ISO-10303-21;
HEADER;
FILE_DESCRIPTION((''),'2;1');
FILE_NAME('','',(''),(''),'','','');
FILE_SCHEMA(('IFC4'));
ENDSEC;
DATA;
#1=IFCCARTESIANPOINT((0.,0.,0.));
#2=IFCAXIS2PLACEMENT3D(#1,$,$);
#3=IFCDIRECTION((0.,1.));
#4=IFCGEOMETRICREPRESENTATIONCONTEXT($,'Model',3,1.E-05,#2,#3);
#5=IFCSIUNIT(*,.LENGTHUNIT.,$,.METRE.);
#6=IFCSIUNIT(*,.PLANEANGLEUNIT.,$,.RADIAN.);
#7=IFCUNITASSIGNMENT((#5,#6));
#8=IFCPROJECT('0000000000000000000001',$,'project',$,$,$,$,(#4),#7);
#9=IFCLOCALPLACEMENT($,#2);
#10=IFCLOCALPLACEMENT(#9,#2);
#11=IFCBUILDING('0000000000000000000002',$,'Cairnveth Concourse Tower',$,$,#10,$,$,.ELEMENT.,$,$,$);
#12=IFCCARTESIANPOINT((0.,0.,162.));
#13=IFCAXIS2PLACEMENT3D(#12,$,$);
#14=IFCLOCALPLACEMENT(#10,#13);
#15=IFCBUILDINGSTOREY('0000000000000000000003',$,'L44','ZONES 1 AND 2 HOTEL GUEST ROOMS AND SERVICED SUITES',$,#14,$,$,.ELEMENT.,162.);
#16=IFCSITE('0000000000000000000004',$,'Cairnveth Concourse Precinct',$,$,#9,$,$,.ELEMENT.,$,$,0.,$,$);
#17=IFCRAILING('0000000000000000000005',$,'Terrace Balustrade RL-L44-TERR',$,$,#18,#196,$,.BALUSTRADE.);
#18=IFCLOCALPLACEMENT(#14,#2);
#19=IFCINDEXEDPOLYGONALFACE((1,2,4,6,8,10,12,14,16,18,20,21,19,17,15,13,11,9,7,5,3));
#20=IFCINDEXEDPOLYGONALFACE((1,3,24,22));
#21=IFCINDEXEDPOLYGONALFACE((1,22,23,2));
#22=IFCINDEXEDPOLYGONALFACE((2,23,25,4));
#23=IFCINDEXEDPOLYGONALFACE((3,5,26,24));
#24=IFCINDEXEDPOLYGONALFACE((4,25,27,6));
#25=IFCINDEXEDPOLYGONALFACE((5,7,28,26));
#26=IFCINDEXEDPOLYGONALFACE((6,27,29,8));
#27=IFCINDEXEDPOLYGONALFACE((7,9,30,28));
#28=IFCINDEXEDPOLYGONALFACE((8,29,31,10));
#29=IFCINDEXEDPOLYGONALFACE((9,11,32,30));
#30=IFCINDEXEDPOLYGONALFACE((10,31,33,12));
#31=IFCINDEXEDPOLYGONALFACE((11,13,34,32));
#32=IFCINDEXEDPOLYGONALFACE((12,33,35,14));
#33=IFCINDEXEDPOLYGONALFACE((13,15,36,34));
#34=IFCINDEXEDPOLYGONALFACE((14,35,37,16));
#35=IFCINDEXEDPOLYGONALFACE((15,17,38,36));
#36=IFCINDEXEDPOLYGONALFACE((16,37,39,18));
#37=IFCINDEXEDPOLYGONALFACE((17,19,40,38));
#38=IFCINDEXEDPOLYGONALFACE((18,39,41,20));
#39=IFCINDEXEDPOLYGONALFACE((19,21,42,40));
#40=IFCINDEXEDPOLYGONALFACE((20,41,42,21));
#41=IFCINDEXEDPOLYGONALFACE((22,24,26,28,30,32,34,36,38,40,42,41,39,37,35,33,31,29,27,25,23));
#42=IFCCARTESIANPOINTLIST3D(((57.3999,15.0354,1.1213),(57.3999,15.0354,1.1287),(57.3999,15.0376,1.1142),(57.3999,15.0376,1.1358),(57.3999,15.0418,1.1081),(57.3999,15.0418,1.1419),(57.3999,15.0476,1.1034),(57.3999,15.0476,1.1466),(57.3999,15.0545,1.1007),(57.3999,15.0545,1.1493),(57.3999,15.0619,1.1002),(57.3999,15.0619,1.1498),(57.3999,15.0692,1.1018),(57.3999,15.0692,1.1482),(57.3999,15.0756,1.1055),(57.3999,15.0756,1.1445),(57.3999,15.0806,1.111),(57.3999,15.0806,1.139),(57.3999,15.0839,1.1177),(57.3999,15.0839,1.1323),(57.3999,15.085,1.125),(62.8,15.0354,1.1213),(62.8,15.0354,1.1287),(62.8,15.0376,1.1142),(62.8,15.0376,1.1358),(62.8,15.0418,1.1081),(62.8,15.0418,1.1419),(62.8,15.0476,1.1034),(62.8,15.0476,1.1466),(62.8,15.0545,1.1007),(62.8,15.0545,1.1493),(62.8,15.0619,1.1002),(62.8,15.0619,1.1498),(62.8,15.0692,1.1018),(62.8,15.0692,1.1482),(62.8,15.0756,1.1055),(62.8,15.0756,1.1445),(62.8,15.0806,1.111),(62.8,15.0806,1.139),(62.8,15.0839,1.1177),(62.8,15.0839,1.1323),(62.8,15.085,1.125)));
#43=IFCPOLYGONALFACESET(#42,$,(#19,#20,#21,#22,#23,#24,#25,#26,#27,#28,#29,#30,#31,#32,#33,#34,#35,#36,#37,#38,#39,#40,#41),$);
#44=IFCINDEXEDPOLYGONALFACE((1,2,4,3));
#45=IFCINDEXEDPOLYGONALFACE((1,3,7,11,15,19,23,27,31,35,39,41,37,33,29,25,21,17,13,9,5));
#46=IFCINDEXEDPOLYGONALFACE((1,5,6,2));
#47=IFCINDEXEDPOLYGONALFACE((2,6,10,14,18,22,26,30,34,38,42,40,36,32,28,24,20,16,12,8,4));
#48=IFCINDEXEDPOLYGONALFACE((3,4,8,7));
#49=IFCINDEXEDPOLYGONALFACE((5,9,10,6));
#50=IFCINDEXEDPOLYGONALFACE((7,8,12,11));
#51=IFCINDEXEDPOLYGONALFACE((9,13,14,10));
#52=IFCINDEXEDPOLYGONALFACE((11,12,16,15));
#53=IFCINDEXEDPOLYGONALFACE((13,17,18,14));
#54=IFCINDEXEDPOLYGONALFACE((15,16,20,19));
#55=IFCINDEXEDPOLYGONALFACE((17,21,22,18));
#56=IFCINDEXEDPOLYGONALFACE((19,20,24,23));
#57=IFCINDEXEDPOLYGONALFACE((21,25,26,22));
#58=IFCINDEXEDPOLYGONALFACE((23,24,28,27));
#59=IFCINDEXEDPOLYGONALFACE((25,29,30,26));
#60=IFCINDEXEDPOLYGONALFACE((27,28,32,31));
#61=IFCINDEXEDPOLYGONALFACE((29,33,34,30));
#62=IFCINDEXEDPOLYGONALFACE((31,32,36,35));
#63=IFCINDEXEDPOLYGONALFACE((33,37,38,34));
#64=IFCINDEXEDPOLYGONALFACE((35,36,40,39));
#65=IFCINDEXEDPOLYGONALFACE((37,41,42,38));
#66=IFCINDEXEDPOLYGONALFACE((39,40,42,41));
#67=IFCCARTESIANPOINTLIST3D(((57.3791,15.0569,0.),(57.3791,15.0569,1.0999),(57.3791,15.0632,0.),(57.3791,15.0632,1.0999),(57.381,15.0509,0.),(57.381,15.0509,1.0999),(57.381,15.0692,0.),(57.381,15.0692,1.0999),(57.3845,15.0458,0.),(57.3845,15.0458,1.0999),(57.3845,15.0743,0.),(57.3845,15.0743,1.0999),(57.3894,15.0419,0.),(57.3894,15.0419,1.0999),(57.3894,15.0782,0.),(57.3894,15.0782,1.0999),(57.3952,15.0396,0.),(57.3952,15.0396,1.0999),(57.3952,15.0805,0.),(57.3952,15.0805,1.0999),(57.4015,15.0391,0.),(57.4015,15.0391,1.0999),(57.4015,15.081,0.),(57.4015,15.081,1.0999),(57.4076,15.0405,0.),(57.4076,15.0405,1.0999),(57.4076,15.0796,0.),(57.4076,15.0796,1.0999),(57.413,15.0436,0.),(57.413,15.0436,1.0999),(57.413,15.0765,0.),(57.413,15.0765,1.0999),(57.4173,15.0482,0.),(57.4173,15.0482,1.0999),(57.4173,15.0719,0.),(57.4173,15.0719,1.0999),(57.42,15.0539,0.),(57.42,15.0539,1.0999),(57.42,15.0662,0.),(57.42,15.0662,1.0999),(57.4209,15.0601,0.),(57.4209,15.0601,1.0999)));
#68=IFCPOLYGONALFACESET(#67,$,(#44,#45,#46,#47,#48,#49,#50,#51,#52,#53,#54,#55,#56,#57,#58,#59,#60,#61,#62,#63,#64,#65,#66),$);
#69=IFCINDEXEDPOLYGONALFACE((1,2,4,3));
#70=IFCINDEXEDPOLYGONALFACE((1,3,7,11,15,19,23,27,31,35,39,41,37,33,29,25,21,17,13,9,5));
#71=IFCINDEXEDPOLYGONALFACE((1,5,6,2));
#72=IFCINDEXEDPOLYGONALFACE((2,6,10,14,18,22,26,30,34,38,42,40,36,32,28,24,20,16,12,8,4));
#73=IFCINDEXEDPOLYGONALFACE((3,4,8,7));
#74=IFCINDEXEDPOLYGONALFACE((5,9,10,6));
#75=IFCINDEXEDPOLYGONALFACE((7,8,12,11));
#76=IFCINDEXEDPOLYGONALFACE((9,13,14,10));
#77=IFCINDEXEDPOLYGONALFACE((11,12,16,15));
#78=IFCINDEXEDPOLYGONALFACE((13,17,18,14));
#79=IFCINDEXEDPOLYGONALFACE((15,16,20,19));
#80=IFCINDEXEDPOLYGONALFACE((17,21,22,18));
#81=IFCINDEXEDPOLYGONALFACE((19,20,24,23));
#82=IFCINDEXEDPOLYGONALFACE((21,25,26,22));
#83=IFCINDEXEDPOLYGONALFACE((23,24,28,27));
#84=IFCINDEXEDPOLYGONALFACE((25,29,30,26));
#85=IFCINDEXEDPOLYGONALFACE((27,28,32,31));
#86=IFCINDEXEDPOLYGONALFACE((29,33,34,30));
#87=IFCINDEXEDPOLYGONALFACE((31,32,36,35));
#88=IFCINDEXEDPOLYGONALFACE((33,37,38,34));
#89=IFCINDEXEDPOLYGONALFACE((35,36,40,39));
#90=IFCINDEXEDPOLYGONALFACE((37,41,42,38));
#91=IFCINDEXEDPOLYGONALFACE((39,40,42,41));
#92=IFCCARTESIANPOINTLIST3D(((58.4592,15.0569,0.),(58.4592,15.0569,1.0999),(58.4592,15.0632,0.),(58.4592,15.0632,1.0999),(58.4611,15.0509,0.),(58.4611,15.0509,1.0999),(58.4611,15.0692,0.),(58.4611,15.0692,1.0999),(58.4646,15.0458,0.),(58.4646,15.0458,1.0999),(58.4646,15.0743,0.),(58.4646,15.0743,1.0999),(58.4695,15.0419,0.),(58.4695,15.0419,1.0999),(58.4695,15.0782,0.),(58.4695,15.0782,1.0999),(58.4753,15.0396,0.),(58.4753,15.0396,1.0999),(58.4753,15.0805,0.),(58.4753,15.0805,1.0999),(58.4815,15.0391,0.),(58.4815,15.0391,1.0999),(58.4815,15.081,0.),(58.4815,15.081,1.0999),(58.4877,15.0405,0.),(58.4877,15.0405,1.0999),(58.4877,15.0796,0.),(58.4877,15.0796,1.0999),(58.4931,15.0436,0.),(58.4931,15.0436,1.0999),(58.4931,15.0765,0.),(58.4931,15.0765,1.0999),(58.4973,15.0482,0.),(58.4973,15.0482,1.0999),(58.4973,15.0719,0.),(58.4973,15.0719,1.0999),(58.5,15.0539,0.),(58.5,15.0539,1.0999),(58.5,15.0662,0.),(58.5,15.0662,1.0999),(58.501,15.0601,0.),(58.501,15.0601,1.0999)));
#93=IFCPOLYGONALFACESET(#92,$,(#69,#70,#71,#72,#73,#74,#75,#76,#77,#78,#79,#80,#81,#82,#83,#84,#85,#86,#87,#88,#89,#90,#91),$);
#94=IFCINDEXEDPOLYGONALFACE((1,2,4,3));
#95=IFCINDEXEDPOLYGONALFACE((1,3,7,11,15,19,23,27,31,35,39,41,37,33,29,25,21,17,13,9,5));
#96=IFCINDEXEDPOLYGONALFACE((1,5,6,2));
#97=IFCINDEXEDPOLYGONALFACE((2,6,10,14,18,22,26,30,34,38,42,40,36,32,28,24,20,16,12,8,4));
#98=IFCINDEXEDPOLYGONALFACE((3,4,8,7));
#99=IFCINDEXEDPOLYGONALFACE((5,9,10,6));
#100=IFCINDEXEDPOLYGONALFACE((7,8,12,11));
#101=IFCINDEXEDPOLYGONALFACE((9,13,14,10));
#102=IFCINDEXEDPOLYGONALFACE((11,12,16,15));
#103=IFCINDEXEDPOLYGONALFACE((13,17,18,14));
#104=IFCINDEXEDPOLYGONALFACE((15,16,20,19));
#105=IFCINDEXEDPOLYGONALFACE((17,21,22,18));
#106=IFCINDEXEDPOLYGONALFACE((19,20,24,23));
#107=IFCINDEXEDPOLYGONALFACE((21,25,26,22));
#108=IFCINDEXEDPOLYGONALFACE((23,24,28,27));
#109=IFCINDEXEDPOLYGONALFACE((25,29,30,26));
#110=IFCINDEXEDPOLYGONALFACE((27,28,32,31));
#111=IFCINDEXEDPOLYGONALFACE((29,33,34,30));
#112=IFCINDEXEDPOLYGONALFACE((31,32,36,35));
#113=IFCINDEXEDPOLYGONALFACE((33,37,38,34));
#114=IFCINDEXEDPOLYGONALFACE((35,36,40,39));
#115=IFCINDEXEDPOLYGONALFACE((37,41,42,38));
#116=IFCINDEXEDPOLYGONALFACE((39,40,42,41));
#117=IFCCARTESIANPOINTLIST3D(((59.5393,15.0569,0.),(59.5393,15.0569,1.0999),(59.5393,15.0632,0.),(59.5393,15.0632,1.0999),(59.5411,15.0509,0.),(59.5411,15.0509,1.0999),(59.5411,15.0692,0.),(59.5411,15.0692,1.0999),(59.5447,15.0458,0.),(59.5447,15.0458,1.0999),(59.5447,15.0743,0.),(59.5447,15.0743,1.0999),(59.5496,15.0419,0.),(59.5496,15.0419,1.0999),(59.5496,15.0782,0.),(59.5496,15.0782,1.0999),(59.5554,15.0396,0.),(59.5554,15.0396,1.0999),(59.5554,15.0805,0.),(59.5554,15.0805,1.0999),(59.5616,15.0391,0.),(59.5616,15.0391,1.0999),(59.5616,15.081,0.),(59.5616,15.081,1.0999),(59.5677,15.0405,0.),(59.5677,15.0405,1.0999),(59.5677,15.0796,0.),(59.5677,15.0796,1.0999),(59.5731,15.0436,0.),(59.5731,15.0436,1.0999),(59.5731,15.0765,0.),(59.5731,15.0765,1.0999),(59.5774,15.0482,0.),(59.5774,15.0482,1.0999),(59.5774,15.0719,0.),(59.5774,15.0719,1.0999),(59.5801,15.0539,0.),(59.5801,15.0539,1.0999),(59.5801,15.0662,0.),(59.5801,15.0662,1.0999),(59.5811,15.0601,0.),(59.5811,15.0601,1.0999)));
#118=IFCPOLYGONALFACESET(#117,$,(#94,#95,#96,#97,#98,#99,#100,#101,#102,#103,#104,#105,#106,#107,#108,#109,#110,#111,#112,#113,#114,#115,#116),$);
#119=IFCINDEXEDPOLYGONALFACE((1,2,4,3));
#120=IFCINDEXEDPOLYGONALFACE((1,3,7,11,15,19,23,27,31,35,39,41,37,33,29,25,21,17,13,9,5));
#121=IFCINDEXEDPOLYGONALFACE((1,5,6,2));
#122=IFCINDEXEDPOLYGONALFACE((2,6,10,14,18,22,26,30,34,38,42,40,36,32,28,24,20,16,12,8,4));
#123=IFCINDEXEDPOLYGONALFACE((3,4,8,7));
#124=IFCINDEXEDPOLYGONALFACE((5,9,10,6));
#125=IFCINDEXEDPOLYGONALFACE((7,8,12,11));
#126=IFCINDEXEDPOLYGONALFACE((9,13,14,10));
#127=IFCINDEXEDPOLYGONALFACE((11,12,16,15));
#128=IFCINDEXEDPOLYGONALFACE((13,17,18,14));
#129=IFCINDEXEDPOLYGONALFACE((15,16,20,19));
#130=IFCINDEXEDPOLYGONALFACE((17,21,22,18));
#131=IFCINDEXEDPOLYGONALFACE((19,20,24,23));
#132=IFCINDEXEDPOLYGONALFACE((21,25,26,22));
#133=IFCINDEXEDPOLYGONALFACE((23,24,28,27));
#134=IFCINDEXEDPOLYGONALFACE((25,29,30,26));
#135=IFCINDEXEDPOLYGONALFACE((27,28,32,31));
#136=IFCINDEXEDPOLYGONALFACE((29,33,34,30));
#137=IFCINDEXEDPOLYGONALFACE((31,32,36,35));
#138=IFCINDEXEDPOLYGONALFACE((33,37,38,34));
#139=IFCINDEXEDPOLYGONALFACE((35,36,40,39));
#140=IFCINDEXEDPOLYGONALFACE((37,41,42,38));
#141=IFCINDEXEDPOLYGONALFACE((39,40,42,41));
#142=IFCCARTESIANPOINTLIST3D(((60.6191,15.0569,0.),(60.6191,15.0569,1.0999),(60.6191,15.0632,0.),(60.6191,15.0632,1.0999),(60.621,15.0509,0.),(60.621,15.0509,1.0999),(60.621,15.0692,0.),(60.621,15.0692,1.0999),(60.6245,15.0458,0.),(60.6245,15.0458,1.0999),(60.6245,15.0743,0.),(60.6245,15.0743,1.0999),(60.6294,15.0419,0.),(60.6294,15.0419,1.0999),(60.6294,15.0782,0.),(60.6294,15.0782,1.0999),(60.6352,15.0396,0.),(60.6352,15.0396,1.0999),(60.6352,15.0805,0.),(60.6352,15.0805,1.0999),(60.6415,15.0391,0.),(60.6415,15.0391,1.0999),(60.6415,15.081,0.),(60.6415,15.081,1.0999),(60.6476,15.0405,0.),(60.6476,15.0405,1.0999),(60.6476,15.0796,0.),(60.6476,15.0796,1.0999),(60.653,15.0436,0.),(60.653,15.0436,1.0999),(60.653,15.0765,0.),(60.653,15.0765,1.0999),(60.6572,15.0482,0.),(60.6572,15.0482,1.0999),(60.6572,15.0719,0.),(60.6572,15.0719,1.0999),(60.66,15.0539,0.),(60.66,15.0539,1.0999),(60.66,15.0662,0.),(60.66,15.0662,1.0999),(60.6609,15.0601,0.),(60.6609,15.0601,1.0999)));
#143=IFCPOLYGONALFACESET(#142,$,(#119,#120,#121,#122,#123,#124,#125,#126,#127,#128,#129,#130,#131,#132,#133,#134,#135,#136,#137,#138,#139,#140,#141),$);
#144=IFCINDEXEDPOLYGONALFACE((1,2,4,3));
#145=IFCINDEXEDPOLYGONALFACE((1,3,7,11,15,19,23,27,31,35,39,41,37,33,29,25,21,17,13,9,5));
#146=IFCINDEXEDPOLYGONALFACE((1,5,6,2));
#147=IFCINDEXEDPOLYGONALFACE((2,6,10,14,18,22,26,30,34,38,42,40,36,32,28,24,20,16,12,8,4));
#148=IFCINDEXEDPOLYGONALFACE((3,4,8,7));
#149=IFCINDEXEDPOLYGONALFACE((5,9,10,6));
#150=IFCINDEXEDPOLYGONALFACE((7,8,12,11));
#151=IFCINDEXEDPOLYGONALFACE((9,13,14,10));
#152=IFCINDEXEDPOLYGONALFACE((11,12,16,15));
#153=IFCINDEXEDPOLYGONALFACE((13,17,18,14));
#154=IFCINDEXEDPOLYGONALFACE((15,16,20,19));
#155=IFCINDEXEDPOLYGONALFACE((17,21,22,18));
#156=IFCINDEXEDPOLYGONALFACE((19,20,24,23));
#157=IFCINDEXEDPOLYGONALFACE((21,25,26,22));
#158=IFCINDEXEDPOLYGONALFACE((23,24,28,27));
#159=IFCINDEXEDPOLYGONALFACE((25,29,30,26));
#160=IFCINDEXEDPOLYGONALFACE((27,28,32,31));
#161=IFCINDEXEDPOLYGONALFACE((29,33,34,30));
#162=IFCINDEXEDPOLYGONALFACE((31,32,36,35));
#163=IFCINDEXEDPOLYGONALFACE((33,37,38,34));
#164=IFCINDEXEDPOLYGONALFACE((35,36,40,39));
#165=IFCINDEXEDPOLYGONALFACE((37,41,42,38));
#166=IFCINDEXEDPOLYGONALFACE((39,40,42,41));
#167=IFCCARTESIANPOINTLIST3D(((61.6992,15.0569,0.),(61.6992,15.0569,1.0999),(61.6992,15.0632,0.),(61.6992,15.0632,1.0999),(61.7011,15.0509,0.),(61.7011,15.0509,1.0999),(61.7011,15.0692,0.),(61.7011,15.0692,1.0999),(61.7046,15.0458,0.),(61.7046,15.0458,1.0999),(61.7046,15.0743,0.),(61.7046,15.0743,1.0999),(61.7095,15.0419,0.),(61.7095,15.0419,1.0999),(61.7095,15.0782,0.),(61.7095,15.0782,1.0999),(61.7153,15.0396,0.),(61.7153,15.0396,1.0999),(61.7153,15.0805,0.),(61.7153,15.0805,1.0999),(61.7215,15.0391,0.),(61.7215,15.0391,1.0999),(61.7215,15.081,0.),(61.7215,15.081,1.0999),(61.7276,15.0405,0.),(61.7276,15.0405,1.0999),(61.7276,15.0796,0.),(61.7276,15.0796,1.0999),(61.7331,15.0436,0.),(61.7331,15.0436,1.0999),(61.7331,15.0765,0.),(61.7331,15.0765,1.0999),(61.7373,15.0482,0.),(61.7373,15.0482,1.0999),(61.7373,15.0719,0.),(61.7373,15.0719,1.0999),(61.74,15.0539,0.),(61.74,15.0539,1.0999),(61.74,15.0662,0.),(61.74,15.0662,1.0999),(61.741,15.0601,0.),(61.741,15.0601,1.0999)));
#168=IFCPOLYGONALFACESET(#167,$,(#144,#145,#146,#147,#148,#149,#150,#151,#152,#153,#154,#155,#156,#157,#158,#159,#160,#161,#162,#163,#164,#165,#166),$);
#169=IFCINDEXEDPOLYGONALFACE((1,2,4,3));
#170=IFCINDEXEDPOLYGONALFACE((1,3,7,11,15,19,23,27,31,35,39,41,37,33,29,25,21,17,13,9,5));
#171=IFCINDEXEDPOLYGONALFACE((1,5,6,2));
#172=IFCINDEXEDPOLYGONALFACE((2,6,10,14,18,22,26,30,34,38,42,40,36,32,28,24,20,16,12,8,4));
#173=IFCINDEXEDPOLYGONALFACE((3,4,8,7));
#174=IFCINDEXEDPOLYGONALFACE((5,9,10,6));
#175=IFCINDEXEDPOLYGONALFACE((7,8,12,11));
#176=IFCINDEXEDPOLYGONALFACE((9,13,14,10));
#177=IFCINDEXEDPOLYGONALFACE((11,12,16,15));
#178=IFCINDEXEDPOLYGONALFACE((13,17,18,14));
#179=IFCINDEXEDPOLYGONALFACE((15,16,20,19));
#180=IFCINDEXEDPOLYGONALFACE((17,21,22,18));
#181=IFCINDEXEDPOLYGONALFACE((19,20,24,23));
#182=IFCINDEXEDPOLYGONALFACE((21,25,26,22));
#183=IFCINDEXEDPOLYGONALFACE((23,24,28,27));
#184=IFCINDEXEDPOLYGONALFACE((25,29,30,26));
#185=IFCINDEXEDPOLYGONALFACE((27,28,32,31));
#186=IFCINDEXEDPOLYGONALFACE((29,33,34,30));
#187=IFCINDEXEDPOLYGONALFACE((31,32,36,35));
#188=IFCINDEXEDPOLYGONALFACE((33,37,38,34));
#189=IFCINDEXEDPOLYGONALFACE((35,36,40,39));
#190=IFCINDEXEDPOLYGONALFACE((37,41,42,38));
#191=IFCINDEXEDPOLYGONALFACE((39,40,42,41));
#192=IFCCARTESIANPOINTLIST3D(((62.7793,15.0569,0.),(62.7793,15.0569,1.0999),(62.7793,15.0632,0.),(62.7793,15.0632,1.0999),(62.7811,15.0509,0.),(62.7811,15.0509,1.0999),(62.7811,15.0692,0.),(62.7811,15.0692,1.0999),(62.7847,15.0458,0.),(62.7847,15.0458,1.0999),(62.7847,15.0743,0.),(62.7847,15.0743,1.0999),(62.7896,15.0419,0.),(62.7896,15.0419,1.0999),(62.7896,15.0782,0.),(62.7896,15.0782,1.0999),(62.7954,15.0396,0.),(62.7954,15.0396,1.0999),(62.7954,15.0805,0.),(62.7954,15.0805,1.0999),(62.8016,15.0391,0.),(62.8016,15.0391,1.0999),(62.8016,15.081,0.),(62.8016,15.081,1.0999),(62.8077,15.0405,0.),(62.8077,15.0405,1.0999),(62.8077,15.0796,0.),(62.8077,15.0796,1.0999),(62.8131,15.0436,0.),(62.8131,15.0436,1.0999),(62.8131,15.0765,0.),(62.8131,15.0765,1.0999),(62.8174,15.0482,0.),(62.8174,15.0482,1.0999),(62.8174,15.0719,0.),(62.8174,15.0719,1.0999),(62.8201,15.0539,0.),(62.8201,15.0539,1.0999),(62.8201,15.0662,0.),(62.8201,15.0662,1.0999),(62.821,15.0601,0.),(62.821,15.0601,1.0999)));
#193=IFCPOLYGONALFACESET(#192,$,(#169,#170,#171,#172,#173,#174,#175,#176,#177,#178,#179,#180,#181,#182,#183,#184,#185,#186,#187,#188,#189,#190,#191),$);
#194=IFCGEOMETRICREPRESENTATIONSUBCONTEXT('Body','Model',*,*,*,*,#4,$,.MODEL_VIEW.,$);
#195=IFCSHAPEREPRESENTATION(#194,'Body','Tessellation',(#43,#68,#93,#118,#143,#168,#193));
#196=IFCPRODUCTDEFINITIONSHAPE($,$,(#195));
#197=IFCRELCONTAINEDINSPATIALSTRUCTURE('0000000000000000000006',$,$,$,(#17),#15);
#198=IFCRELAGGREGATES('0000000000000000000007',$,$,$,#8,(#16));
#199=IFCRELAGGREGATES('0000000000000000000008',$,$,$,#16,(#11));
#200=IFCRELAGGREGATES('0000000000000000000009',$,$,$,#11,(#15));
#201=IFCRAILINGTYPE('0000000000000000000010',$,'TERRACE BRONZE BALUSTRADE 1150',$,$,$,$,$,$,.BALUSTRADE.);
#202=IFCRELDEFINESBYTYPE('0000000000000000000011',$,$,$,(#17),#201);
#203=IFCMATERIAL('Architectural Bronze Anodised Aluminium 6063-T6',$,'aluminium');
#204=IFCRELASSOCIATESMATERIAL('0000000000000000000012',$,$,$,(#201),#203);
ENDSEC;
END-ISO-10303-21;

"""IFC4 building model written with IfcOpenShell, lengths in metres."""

from ifc_helpers import new_model, si_unit, direction, frame, origin, origin_2d, place, context, subcontext, project, spatial, circle, extrude, material, type_object, element, save


model = new_model("IFC4")

# Units and contexts
model_context = context("Model", 3, precision=1e-05, world=origin(), true_north=direction((0.0, 1.0)))
body_context = subcontext(model_context, "Body", "Model", "MODEL_VIEW")
ifc_project = project(units=[si_unit("LENGTHUNIT", "METRE"), si_unit("PLANEANGLEUNIT", "RADIAN")], contexts=[model_context])

# Site, building, storey
site_placement = place(None, origin())
site = spatial("IfcSite", under=ifc_project, at=site_placement, Name="Cairnveth Concourse Precinct", CompositionType="ELEMENT", RefElevation=0.0)
building_placement = place(site_placement, origin())
building = spatial("IfcBuilding", under=site, at=building_placement, Name="Cairnveth Concourse Tower", CompositionType="ELEMENT")
storey_placement = place(building_placement, frame((0.0, 0.0, 162.0)))
storey = spatial("IfcBuildingStorey", under=building, at=storey_placement, Name="L44", Description="ZONES 1 AND 2 HOTEL GUEST ROOMS AND SERVICED SUITES", CompositionType="ELEMENT", Elevation=162.0)

# Shared definitions
ifc_material_1 = material(Name="Architectural Bronze Anodised Aluminium 6063-T6", Category="aluminium")

# Railing
railing_type = type_object("IfcRailingType", Name="TERRACE BRONZE BALUSTRADE 1150", PredefinedType="BALUSTRADE", material=ifc_material_1)
railing_placement = place(storey_placement, frame((57.3999, 15.0601, 0.0)))
element("IfcRailing", 1, at=railing_placement, inside=storey, type_object=railing_type, Name="Terrace Balustrade RL-L44-TERR", PredefinedType="BALUSTRADE", context=body_context, shape_type="SweptSolid", body=[
    extrude(circle(Radius=0.0249, at=origin_2d()), frame((0.0, 0.0, 1.125), z_axis=(1.0, 0.0, 0.0), x_axis=(0.0, 1.0, 0.0)), (0.0, 0.0, 1.0), 5.4001),
    extrude(circle(Radius=0.021, at=origin_2d()), origin(), (0.0, 0.0, 1.0), 1.0999),
    extrude(circle(Radius=0.021, at=origin_2d()), frame((1.0801, 0.0, 0.0)), (0.0, 0.0, 1.0), 1.0999),
    extrude(circle(Radius=0.021, at=origin_2d()), frame((2.1602, 0.0, 0.0)), (0.0, 0.0, 1.0), 1.0999),
    extrude(circle(Radius=0.021, at=origin_2d()), frame((3.24, 0.0, 0.0)), (0.0, 0.0, 1.0), 1.0999),
    extrude(circle(Radius=0.021, at=origin_2d()), frame((4.3201, 0.0, 0.0)), (0.0, 0.0, 1.0), 1.0999),
    extrude(circle(Radius=0.021, at=origin_2d()), frame((5.4001, 0.0, 0.0)), (0.0, 0.0, 1.0), 1.0999),
])

save(model, "model.ifc")
